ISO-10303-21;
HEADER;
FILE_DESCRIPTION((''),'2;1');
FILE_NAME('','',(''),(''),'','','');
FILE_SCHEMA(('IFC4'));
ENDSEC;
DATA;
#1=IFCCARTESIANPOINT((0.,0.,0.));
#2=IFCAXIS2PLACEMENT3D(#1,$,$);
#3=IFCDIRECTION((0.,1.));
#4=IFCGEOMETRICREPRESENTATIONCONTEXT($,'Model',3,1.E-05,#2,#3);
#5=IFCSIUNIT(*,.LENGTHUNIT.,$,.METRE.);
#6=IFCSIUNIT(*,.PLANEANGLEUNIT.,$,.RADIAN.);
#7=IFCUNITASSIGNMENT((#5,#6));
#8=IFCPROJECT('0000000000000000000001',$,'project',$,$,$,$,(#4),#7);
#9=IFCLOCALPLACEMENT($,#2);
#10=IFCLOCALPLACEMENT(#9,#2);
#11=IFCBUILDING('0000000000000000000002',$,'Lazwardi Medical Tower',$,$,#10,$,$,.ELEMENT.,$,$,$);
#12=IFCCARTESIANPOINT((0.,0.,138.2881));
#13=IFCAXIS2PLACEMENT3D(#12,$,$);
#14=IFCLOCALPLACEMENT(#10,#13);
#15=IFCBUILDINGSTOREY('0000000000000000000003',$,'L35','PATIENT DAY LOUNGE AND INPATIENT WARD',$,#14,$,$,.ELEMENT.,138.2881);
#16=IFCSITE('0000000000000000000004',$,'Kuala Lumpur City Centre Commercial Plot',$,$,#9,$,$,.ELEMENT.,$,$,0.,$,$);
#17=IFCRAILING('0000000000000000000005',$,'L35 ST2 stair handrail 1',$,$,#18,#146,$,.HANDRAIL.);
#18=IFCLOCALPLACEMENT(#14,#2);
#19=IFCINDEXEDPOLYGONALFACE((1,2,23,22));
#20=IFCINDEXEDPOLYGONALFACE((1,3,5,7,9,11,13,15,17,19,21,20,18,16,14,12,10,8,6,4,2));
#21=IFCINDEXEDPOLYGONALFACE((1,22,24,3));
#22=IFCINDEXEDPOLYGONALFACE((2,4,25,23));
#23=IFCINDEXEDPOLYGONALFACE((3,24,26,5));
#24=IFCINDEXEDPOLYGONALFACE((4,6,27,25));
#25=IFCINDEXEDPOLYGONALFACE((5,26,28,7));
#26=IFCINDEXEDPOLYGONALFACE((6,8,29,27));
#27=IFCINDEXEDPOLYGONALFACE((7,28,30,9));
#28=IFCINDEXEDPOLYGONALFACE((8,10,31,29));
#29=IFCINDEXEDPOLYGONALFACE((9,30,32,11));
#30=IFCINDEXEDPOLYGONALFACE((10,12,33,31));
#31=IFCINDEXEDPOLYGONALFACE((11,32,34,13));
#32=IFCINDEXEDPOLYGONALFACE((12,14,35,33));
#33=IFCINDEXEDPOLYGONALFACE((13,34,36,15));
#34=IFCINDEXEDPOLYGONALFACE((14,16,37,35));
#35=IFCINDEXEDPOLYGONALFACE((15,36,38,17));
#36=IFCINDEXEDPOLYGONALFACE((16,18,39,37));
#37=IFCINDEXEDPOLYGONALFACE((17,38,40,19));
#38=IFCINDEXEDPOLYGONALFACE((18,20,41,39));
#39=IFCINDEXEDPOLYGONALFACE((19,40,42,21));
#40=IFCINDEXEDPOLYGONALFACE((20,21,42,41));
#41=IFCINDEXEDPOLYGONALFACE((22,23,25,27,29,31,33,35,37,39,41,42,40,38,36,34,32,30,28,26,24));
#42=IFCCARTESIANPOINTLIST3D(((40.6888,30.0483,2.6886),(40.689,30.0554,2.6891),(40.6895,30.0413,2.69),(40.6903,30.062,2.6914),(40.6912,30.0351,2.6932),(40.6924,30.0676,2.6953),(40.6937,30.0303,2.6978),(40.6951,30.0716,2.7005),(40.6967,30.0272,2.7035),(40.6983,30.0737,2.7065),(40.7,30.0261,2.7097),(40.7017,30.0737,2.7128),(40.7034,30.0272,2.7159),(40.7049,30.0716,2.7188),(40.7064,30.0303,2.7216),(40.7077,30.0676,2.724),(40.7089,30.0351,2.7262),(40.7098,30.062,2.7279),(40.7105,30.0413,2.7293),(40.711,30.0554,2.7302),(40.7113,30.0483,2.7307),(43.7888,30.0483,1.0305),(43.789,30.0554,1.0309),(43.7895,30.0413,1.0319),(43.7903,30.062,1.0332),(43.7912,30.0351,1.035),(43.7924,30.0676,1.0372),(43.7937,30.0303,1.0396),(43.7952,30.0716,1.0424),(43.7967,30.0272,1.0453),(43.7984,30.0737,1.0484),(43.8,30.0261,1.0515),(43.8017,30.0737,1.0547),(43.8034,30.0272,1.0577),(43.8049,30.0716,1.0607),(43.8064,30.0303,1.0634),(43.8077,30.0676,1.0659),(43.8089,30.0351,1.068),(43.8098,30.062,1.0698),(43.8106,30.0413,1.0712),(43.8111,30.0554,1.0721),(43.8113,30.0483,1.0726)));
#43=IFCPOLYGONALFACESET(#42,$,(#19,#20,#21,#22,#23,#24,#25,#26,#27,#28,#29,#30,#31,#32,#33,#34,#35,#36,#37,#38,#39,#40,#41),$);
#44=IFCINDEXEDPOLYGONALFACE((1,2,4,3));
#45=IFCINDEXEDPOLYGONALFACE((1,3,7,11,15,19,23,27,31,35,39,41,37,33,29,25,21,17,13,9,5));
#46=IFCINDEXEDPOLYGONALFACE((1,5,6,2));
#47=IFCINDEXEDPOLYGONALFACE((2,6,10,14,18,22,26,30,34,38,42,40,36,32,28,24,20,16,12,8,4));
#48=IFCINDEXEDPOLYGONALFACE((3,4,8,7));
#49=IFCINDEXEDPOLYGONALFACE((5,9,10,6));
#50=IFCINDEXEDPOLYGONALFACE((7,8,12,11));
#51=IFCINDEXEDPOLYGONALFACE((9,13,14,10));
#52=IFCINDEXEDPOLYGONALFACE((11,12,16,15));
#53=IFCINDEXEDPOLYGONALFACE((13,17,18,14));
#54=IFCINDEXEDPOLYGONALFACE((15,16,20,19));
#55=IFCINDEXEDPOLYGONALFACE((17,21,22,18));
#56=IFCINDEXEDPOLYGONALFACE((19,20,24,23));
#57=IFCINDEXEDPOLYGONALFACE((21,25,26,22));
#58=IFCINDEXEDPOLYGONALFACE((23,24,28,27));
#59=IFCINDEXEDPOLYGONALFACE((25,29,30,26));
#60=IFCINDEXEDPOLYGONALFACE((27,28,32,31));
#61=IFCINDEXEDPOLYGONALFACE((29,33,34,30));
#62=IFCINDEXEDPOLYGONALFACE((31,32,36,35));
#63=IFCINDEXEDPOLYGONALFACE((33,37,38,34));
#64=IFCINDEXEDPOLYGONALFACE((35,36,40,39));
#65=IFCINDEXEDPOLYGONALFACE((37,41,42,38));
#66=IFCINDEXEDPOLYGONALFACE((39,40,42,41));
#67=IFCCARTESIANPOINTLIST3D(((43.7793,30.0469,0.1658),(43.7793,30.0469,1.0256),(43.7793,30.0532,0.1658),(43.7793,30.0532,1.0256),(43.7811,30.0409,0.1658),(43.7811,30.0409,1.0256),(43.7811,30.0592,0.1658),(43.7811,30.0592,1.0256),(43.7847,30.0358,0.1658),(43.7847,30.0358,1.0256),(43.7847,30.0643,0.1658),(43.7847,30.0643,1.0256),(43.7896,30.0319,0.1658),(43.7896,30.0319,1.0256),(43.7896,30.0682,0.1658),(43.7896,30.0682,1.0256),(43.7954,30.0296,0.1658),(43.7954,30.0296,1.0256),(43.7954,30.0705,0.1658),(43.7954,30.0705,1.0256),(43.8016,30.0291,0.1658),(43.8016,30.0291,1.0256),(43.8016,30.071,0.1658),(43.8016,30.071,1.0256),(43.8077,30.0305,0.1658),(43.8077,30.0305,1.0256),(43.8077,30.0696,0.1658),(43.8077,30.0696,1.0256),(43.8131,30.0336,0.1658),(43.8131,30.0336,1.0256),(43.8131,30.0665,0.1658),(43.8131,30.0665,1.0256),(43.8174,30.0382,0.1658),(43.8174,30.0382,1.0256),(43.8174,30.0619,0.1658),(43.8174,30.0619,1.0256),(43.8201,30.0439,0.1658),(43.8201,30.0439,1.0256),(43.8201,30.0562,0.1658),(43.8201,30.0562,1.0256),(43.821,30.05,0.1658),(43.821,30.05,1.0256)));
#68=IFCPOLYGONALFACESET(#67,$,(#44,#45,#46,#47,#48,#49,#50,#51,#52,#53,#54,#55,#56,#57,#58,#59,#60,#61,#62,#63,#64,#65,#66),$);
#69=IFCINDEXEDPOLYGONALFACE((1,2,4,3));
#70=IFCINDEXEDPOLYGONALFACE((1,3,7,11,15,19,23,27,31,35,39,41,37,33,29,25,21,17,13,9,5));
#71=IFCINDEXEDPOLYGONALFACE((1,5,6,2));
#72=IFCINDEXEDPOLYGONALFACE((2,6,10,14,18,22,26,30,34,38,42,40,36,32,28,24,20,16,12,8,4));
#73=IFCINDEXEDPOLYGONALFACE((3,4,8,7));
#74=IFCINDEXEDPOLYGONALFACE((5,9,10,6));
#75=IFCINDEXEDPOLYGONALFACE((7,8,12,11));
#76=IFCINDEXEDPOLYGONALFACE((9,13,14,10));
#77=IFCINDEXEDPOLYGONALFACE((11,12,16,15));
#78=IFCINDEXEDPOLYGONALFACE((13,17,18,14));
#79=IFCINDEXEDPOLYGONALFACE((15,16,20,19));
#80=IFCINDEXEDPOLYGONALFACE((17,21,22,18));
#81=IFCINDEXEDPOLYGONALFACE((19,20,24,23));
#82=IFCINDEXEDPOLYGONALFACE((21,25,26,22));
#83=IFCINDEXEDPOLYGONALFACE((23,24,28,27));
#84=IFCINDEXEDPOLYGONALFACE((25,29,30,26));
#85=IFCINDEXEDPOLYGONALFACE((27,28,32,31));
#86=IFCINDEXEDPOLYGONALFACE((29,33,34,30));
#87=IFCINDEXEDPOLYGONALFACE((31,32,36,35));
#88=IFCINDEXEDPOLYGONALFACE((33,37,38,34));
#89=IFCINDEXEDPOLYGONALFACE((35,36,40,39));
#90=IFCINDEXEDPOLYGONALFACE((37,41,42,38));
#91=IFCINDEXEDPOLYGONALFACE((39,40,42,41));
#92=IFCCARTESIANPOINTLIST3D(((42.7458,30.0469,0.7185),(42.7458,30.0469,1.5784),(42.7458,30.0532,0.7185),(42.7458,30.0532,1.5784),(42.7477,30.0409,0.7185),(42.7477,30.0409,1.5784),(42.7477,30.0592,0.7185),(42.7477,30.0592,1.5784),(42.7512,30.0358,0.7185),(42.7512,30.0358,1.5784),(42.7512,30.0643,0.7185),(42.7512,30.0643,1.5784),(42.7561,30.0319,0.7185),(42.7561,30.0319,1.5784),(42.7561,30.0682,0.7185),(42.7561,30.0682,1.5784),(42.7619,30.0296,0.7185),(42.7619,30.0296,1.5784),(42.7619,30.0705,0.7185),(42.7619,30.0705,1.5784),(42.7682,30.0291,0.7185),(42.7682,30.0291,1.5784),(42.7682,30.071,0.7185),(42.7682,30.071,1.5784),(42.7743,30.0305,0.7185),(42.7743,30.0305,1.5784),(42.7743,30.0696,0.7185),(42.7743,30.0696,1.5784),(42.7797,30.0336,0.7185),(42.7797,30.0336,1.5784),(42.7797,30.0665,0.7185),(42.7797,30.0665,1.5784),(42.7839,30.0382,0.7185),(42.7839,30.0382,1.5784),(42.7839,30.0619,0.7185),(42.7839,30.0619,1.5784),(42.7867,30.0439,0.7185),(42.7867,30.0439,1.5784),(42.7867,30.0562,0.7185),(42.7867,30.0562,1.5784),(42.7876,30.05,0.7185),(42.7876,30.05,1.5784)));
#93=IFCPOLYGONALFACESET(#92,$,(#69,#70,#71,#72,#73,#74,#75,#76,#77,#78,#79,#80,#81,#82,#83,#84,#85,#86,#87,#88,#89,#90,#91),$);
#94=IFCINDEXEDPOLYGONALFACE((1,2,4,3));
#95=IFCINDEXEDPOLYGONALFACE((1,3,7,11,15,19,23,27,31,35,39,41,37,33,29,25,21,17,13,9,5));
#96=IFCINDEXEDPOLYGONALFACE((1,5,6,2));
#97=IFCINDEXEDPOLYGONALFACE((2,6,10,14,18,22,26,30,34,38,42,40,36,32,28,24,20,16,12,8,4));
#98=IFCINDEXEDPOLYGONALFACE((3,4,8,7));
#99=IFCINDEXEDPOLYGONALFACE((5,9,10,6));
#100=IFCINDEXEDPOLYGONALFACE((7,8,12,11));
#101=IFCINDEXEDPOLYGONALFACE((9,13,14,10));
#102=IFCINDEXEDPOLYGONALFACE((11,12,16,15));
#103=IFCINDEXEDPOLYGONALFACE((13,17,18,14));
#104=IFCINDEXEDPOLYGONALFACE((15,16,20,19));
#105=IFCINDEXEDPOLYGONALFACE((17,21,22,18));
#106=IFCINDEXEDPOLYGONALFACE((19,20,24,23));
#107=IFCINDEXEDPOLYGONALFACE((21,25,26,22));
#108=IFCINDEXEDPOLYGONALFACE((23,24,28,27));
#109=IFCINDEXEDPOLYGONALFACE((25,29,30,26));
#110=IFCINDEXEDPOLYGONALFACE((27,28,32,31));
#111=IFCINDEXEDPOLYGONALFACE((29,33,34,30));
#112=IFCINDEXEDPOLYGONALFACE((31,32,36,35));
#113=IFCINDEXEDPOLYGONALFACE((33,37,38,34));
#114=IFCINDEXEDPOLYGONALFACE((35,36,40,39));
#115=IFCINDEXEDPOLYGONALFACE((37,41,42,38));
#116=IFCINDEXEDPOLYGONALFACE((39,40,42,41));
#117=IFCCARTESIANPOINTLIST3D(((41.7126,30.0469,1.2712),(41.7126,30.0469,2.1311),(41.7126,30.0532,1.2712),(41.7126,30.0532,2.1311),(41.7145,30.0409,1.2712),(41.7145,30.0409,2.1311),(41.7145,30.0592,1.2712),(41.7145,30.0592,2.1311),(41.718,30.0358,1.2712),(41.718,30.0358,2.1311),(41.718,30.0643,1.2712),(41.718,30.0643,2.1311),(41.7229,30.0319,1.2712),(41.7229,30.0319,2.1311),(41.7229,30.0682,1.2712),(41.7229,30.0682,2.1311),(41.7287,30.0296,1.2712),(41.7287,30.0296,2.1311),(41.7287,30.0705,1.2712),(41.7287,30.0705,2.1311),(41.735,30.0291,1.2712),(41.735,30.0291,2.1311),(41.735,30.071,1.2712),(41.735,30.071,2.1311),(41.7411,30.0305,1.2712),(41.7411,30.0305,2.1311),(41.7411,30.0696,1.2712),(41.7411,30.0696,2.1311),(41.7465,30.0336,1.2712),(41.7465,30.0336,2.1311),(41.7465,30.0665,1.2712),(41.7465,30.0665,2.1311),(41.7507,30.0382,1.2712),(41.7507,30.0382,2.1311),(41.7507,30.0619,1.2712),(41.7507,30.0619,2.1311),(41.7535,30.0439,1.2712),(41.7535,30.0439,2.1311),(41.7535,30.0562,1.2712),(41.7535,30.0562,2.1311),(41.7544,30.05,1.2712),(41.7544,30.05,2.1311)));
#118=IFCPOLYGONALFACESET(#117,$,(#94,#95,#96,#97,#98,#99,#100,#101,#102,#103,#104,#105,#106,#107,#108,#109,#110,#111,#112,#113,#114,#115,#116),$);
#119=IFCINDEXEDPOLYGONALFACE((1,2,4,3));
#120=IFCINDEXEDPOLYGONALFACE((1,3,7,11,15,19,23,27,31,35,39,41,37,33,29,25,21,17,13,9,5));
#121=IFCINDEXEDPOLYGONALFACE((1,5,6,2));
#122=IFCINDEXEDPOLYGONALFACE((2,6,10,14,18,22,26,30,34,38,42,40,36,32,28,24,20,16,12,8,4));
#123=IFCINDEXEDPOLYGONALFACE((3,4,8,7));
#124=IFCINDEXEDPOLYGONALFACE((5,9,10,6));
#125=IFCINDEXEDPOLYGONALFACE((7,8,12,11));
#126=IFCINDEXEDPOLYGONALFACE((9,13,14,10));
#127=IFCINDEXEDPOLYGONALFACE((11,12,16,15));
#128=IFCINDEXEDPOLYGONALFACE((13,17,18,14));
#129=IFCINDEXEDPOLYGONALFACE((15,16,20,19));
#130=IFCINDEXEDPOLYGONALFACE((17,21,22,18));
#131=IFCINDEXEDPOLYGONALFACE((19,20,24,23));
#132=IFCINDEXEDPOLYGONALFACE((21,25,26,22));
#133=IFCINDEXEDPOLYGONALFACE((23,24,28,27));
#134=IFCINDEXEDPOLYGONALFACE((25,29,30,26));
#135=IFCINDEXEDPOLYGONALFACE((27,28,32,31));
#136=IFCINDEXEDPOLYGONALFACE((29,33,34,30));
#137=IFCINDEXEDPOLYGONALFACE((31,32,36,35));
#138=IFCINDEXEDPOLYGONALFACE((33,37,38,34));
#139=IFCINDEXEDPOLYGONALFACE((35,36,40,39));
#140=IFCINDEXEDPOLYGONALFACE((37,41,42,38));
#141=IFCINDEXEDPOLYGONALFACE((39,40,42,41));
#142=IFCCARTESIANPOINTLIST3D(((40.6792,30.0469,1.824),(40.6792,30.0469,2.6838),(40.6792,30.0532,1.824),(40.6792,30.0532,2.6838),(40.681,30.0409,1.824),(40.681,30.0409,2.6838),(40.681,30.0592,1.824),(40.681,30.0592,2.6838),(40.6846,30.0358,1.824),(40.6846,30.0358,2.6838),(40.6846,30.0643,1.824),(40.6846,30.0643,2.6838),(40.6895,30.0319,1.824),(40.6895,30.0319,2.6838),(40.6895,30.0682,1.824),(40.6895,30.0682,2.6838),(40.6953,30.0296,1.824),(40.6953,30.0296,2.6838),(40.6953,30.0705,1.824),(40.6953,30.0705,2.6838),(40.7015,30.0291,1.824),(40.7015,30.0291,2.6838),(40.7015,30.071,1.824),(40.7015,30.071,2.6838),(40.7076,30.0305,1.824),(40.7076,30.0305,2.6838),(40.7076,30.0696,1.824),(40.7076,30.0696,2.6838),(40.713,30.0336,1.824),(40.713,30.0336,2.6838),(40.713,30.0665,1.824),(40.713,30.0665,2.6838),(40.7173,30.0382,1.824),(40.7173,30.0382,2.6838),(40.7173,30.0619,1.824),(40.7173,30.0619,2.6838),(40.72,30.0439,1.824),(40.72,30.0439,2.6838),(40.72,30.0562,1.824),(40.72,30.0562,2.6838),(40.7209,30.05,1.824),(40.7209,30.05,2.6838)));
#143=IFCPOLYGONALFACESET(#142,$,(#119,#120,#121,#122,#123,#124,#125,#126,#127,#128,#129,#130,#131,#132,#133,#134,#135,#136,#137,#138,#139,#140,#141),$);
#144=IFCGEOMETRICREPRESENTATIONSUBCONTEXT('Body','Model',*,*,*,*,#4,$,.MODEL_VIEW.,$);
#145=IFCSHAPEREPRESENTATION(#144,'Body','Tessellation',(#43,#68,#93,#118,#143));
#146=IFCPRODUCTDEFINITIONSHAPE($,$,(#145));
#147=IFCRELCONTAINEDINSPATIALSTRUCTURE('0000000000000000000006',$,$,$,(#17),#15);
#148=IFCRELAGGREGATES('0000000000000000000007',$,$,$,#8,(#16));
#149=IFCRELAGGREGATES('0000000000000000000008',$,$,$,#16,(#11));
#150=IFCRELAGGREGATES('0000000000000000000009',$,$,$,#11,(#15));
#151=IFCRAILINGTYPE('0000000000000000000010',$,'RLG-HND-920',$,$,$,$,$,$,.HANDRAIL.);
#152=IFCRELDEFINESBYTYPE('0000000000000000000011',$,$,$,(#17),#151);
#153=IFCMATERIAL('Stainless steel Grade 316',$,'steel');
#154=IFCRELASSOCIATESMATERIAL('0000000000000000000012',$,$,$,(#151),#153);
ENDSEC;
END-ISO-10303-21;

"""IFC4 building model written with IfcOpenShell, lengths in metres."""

from ifc_helpers import new_model, si_unit, direction, frame, origin, origin_2d, place, context, subcontext, project, spatial, circle, extrude, material, type_object, element, save


model = new_model("IFC4")

# Units and contexts
model_context = context("Model", 3, precision=1e-05, world=origin(), true_north=direction((0.0, 1.0)))
body_context = subcontext(model_context, "Body", "Model", "MODEL_VIEW")
ifc_project = project(units=[si_unit("LENGTHUNIT", "METRE"), si_unit("PLANEANGLEUNIT", "RADIAN")], contexts=[model_context])

# Site, building, storey
site_placement = place(None, origin())
site = spatial("IfcSite", under=ifc_project, at=site_placement, Name="Kuala Lumpur City Centre Commercial Plot", CompositionType="ELEMENT", RefElevation=0.0)
building_placement = place(site_placement, origin())
building = spatial("IfcBuilding", under=site, at=building_placement, Name="Lazwardi Medical Tower", CompositionType="ELEMENT")
storey_placement = place(building_placement, frame((0.0, 0.0, 138.2881)))
storey = spatial("IfcBuildingStorey", under=building, at=storey_placement, Name="L35", Description="PATIENT DAY LOUNGE AND INPATIENT WARD", CompositionType="ELEMENT", Elevation=138.2881)

# Railing
ifc_material_1 = material(Name="Stainless steel Grade 316", Category="steel")
railing_type_1 = type_object("IfcRailingType", Name="RLG-HND-920", PredefinedType="HANDRAIL", material=ifc_material_1)
railing_1_placement = place(storey_placement, frame((43.8, 30.05, 0.1658)))
element("IfcRailing", 1, at=railing_1_placement, inside=storey, type_object=railing_type_1, Name="L35 ST2 stair handrail 1", PredefinedType="HANDRAIL", context=body_context, shape_type="SweptSolid", body=[
    extrude(circle(Radius=0.0239, at=origin_2d()), frame((0.0, 0.0, 0.8857), z_axis=(-0.881783, 0.0, 0.471655), x_axis=(0.0, -1.0, 0.0)), (0.0, 0.0, 1.0), 3.5156),
    extrude(circle(Radius=0.021, at=origin_2d()), origin(), (0.0, 0.0, 1.0), 0.8599),
    extrude(circle(Radius=0.021, at=origin_2d()), frame((-1.0334, 0.0, 0.5527)), (0.0, 0.0, 1.0), 0.8599),
    extrude(circle(Radius=0.021, at=origin_2d()), frame((-2.0667, 0.0, 1.1055)), (0.0, 0.0, 1.0), 0.8599),
    extrude(circle(Radius=0.021, at=origin_2d()), frame((-3.1001, 0.0, 1.6582)), (0.0, 0.0, 1.0), 0.8599),
])

save(model, "model.ifc")
